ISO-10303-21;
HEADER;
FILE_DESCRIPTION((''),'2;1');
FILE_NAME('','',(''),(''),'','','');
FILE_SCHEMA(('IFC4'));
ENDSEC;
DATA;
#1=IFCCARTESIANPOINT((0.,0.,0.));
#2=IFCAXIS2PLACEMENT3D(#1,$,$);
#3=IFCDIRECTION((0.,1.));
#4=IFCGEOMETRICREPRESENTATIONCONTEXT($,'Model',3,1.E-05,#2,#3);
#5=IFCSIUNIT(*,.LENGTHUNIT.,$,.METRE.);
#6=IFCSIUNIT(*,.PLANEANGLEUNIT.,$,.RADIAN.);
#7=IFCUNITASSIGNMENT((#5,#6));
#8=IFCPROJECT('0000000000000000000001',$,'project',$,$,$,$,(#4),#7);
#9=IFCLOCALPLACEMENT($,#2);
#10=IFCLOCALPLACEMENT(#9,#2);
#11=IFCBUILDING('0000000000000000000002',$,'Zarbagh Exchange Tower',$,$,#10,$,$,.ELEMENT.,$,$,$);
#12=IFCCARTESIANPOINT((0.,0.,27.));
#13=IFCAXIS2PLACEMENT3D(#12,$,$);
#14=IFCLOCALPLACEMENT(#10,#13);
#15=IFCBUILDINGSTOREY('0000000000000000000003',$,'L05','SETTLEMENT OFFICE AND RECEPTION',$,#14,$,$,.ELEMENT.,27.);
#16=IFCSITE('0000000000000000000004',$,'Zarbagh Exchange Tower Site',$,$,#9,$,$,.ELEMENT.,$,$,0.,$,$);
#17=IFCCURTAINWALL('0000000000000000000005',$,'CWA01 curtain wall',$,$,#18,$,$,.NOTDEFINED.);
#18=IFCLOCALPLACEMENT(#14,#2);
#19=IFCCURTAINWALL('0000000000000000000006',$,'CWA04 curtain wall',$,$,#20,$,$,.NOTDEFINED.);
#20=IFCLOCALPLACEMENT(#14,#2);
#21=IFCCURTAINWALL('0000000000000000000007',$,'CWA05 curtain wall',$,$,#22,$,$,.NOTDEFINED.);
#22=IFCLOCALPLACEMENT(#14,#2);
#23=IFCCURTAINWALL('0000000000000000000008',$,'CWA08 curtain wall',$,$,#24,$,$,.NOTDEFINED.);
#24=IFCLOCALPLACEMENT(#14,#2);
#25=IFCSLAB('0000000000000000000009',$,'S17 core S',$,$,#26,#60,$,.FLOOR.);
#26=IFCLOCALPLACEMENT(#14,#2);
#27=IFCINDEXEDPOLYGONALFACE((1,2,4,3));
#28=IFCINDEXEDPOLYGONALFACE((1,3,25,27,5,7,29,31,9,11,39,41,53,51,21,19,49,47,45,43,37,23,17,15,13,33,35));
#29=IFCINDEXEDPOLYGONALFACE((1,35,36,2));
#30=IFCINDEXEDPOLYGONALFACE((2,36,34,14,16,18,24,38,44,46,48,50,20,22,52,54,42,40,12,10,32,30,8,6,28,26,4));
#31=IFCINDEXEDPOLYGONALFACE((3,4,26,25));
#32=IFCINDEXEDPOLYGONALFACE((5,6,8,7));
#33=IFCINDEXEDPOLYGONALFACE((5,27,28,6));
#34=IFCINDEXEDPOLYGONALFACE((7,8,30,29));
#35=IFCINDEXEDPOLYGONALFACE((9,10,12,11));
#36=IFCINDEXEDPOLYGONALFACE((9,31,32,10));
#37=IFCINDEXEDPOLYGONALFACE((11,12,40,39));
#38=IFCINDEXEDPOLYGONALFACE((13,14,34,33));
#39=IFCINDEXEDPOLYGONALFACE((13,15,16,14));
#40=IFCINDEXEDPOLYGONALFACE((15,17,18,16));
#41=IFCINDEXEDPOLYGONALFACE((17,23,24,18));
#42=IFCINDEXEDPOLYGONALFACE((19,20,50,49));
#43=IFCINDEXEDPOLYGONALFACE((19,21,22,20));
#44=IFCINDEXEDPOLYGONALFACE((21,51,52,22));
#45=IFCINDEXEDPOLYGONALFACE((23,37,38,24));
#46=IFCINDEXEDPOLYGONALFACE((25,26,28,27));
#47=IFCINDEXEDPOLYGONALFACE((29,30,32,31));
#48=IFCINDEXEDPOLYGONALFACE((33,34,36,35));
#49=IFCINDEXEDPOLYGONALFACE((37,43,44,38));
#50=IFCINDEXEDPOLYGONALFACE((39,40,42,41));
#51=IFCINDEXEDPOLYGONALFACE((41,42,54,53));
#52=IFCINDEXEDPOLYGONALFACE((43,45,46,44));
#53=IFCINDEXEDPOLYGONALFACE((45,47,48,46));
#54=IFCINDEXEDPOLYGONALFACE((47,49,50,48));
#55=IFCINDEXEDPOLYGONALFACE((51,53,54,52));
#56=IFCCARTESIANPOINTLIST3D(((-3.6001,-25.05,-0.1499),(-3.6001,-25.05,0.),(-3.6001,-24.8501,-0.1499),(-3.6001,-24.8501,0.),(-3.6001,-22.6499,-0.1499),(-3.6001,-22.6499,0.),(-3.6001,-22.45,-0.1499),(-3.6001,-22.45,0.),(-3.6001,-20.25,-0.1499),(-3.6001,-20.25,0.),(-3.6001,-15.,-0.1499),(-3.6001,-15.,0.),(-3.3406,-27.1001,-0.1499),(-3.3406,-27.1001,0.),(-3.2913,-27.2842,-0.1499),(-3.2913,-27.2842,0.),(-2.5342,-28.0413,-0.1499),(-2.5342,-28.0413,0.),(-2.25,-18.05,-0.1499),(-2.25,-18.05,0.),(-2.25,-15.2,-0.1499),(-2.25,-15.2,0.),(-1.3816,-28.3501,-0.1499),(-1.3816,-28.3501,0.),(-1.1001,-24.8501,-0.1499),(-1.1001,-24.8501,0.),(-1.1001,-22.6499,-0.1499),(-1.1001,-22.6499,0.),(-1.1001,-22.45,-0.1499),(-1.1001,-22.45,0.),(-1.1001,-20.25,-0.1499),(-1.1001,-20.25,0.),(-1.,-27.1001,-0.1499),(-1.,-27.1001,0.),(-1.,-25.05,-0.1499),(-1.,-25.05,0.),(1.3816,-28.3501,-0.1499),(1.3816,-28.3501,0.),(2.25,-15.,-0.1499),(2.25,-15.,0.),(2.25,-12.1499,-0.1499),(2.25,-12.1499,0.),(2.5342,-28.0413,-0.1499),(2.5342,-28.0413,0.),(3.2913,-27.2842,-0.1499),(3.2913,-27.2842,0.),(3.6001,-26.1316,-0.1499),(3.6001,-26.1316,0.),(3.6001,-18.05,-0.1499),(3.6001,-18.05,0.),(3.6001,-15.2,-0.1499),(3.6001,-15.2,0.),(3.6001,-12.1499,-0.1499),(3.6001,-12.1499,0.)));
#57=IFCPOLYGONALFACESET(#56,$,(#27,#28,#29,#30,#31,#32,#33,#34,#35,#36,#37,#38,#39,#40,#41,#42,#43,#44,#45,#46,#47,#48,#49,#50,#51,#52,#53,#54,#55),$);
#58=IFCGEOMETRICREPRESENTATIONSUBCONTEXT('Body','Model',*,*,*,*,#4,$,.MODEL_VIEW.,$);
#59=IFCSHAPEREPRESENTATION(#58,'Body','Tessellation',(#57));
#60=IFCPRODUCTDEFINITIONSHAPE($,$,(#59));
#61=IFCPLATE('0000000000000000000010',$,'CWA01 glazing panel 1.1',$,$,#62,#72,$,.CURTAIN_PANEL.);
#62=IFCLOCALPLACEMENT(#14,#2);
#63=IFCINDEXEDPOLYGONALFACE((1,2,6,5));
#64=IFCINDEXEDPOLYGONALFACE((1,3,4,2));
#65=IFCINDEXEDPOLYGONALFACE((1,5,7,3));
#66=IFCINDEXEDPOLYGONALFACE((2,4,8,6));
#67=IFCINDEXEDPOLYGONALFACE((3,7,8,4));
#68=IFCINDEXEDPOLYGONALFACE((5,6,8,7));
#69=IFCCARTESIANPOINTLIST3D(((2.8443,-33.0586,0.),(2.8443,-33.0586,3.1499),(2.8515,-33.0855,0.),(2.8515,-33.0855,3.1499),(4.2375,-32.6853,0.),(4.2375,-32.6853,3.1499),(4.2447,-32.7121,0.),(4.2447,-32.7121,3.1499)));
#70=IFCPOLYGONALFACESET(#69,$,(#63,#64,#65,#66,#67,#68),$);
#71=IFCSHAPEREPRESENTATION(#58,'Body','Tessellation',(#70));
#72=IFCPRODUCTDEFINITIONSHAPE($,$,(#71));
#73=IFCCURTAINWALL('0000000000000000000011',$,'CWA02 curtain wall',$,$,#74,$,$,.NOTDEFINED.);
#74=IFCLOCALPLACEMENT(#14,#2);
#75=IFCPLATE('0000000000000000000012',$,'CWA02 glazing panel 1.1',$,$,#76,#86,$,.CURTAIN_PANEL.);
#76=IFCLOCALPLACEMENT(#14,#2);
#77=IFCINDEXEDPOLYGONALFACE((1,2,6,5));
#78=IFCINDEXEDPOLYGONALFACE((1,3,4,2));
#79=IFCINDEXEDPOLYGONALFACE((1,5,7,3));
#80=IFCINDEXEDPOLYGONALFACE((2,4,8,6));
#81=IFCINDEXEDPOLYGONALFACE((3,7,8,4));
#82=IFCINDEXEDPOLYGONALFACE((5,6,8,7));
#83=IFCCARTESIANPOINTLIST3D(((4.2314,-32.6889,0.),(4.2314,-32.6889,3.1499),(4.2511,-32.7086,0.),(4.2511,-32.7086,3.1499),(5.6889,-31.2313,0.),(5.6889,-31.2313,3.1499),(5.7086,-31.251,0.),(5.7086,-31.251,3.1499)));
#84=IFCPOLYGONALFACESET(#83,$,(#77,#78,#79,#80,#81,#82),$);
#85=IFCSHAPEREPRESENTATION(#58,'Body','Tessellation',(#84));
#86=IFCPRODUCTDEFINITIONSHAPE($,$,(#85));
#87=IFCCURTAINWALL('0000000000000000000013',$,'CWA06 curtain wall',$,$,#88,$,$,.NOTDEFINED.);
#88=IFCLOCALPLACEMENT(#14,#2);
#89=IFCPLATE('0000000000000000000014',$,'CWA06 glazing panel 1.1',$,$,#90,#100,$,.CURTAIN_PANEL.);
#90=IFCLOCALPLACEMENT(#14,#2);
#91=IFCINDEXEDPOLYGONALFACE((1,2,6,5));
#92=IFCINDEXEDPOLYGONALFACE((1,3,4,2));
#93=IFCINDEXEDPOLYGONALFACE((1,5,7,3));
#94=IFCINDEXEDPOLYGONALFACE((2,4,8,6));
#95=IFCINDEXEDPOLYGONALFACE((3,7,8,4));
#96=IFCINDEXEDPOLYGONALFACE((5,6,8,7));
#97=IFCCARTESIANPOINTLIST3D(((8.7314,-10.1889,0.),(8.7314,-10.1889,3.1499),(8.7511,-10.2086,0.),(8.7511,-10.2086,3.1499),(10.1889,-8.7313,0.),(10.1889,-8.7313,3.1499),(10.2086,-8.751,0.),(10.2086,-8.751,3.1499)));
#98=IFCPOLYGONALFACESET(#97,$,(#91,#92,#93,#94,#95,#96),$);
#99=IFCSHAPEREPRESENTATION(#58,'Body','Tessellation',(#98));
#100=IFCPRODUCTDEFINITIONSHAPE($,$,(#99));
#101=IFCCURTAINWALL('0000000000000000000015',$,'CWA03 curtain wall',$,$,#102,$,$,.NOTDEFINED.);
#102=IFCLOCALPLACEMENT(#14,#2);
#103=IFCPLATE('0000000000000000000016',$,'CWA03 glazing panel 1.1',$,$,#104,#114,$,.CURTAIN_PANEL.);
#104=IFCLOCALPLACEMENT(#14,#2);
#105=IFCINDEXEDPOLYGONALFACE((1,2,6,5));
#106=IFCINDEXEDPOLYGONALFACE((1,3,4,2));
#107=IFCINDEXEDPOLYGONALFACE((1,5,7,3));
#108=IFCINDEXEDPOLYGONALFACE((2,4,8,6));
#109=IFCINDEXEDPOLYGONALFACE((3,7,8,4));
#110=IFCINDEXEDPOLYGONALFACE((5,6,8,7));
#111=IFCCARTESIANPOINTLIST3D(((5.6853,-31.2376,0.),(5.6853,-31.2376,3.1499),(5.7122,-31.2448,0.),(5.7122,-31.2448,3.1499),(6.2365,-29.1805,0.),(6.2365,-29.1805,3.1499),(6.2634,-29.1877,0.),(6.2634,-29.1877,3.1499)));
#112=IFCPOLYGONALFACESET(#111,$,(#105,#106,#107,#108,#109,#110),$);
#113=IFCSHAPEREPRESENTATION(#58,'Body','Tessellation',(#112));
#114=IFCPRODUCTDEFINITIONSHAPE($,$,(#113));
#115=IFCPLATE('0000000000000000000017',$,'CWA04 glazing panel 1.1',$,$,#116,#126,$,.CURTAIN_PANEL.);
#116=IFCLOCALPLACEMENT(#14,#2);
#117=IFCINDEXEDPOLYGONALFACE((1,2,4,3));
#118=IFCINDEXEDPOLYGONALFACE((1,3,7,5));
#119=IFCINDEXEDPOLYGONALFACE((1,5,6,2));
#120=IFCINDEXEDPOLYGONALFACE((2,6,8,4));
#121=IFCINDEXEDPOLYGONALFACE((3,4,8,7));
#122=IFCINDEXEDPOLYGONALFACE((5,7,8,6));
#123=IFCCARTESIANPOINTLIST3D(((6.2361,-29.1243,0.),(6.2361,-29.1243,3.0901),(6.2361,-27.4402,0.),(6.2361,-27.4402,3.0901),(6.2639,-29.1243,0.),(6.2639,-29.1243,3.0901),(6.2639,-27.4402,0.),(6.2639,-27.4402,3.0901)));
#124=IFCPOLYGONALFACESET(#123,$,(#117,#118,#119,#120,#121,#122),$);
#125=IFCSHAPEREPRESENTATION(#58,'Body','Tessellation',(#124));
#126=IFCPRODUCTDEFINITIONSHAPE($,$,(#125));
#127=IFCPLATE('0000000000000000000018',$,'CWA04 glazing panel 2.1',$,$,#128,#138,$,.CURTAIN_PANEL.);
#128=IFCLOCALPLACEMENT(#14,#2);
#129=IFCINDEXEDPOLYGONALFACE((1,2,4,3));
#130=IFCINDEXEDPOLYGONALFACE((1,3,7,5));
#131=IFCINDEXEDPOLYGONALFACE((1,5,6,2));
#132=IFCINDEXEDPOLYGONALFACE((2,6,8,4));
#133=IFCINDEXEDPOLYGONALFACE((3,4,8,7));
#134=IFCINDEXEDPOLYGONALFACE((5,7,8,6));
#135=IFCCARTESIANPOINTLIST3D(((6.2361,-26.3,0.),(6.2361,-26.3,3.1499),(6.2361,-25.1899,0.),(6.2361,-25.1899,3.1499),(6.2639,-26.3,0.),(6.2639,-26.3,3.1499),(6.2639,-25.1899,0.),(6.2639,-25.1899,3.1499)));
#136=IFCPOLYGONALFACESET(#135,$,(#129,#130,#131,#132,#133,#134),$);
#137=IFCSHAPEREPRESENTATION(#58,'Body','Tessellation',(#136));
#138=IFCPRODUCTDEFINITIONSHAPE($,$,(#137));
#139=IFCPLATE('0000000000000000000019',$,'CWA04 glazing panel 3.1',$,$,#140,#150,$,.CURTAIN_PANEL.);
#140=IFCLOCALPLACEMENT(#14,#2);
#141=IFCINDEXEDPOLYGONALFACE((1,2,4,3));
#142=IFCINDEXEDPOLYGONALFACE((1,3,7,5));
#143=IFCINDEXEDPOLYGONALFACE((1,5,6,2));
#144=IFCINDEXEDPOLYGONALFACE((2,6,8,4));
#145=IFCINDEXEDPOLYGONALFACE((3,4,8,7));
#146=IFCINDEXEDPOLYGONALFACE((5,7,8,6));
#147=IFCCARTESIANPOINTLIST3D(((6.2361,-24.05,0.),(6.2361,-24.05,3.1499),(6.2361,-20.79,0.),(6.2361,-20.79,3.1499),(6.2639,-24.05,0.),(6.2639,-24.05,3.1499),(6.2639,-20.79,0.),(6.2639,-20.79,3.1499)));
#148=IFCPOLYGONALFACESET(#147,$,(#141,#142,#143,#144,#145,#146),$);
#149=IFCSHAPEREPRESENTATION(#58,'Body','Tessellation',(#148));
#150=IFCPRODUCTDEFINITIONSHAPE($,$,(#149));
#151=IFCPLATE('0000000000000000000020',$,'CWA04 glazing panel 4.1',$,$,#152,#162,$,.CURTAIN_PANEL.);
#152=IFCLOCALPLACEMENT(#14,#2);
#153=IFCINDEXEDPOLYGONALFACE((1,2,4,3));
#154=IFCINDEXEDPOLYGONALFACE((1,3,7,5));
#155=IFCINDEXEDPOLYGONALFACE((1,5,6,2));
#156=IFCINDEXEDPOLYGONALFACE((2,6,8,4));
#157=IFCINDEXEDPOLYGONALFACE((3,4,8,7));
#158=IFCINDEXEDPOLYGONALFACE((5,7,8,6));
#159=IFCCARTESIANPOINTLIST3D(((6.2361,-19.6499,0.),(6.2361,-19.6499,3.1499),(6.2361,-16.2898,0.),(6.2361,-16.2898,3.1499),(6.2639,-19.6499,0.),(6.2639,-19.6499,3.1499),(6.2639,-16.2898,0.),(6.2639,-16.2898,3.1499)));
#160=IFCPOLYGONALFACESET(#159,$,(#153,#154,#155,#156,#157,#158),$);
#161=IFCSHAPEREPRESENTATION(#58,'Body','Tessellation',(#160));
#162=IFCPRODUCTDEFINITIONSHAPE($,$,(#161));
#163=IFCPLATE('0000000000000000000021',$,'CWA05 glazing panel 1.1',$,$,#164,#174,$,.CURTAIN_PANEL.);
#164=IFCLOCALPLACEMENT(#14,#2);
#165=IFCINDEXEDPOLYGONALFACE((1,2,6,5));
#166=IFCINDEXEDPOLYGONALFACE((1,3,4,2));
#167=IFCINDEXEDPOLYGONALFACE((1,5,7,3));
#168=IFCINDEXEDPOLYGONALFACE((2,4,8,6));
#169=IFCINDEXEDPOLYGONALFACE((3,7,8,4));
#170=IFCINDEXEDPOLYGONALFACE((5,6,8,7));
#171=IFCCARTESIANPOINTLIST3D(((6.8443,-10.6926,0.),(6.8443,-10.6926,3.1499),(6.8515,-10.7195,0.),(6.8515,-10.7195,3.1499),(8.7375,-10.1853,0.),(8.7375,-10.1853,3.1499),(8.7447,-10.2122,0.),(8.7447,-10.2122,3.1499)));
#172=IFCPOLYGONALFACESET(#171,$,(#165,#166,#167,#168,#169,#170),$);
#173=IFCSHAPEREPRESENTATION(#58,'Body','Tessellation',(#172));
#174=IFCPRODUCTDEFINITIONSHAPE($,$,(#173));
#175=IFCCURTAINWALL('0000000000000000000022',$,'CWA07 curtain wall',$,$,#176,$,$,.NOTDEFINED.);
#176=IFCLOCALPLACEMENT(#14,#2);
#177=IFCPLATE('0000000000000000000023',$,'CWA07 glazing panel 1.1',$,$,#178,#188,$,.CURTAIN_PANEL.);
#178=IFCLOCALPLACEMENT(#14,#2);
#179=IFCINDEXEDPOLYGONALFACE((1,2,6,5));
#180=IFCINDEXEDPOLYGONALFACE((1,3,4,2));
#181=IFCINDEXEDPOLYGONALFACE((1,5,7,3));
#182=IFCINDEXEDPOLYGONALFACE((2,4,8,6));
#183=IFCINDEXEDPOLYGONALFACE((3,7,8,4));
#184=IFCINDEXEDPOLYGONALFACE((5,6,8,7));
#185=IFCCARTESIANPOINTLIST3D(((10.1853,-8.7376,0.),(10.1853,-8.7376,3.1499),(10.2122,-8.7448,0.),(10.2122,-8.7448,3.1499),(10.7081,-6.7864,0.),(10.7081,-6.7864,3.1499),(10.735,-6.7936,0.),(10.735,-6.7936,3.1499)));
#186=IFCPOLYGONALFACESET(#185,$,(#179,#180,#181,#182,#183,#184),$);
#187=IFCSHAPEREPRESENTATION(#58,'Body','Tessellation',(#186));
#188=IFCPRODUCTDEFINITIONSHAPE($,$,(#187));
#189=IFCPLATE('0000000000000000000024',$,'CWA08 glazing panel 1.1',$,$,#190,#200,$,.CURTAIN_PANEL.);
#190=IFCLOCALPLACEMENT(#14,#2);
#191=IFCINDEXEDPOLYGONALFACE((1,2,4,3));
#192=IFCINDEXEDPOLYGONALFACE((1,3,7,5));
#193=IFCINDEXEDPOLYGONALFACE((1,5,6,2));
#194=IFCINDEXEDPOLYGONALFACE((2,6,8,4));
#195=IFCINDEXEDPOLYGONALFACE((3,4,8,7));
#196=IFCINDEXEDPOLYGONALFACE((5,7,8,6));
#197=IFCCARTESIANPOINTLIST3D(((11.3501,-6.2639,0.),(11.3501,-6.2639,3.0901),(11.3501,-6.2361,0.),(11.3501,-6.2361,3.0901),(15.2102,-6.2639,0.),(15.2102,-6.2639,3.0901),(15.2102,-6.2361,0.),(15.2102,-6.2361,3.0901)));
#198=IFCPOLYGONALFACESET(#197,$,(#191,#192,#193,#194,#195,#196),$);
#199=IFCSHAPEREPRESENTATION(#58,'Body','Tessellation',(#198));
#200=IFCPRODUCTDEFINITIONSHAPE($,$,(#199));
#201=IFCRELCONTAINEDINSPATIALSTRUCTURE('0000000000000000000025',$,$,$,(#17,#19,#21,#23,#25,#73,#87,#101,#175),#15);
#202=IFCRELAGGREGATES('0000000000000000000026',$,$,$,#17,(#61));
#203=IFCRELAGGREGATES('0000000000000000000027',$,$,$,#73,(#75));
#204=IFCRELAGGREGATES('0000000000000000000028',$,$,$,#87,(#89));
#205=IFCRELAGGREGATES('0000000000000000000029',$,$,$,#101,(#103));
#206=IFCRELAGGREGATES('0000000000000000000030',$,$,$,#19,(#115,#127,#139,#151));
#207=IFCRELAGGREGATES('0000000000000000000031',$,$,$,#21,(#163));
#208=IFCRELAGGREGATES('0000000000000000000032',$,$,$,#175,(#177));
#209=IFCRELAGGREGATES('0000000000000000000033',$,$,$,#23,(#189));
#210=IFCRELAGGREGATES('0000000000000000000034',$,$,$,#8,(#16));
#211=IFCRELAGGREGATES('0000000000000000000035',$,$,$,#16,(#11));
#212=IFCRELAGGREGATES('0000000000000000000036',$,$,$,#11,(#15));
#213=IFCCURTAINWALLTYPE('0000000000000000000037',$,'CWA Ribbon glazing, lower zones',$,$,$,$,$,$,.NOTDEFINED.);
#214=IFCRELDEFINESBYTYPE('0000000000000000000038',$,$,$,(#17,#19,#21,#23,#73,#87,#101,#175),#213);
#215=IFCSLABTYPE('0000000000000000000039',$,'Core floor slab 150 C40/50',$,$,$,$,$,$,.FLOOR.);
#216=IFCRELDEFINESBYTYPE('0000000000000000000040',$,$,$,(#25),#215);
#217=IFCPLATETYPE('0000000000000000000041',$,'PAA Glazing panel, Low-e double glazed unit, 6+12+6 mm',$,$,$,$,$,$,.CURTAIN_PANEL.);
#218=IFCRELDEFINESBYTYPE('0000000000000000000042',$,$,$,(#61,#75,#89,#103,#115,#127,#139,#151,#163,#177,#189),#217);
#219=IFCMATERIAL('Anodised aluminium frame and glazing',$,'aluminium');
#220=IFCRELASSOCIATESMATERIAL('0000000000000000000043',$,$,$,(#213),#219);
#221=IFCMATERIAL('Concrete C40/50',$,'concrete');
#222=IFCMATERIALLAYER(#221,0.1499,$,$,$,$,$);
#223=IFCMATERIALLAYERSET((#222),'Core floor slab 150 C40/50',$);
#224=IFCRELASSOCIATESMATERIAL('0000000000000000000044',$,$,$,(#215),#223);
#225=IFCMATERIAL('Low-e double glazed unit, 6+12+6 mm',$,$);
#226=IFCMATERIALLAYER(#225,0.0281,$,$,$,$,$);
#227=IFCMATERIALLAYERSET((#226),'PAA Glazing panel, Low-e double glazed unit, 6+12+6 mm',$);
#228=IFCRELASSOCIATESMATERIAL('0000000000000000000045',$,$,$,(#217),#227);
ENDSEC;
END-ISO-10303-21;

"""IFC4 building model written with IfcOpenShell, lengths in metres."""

from ifc_helpers import new_model, si_unit, direction, frame, origin, place, context, subcontext, project, spatial, polyline, outline, extrude, source, transform, mapped, material, layer, layer_set, type_object, element, aggregate, save


model = new_model("IFC4")

# Units and contexts
model_context = context("Model", 3, precision=1e-05, world=origin(), true_north=direction((0.0, 1.0)))
body_context = subcontext(model_context, "Body", "Model", "MODEL_VIEW")
ifc_project = project(units=[si_unit("LENGTHUNIT", "METRE"), si_unit("PLANEANGLEUNIT", "RADIAN")], contexts=[model_context])

# Site, building, storey
site_placement = place(None, origin())
site = spatial("IfcSite", under=ifc_project, at=site_placement, Name="Zarbagh Exchange Tower Site", CompositionType="ELEMENT", RefElevation=0.0)
building_placement = place(site_placement, origin())
building = spatial("IfcBuilding", under=site, at=building_placement, Name="Zarbagh Exchange Tower", CompositionType="ELEMENT")
storey_placement = place(building_placement, frame((0.0, 0.0, 27.0)))
storey = spatial("IfcBuildingStorey", under=building, at=storey_placement, Name="L05", Description="SETTLEMENT OFFICE AND RECEPTION", CompositionType="ELEMENT", Elevation=27.0)

# Curtain wall
ifc_material_1 = material(Name="Anodised aluminium frame and glazing", Category="aluminium")
curtain_wall_type = type_object("IfcCurtainWallType", Name="CWA Ribbon glazing, lower zones", PredefinedType="NOTDEFINED", material=ifc_material_1)
curtain_wall_1_placement = place(storey_placement, origin())
curtain_wall_1 = element("IfcCurtainWall", 1, at=curtain_wall_1_placement, inside=storey, type_object=curtain_wall_type, Name="CWA01 curtain wall", PredefinedType="NOTDEFINED")
placement = place(storey_placement, origin())

# Curtain wall
curtain_wall_2_placement = place(storey_placement, origin())
curtain_wall_2 = element("IfcCurtainWall", 2, at=curtain_wall_2_placement, inside=storey, type_object=curtain_wall_type, Name="CWA04 curtain wall", PredefinedType="NOTDEFINED")

# Curtain walls
curtain_wall_3_placement = place(storey_placement, origin())
curtain_wall_3 = element("IfcCurtainWall", 3, at=curtain_wall_3_placement, inside=storey, type_object=curtain_wall_type, Name="CWA05 curtain wall", PredefinedType="NOTDEFINED")
curtain_wall_4_placement = place(storey_placement, origin())
curtain_wall_4 = element("IfcCurtainWall", 4, at=curtain_wall_4_placement, inside=storey, type_object=curtain_wall_type, Name="CWA08 curtain wall", PredefinedType="NOTDEFINED")

# Slab
ifc_material_2 = material(Name="Concrete C40/50", Category="concrete")
ifc_layer_1 = layer(ifc_material_2, 0.1499)
ifc_layer_set_1 = layer_set([ifc_layer_1], Name="Core floor slab 150 C40/50")
slab_type = type_object("IfcSlabType", Name="Core floor slab 150 C40/50", PredefinedType="FLOOR", material=ifc_layer_set_1)
slab_1_placement = place(storey_placement, frame((0.0, 0.0, -0.1499)))
element("IfcSlab", 5, at=slab_1_placement, inside=storey, type_object=slab_type, Name="S17 core S", PredefinedType="FLOOR", context=body_context, shape_type="SweptSolid", body=[
    extrude(outline(polyline([(-2.5342, -28.0413), (-3.2913, -27.2842), (-3.3406, -27.1001), (-1.0, -27.1001), (-1.0, -25.05), (-3.6001, -25.05), (-3.6001, -24.8501), (-1.1001, -24.8501), (-1.1001, -22.6499), (-3.6001, -22.6499), (-3.6001, -22.45), (-1.1001, -22.45), (-1.1001, -20.25), (-3.6001, -20.25), (-3.6001, -15.0), (2.25, -15.0), (2.25, -12.1499), (3.6001, -12.1499), (3.6001, -15.2), (-2.25, -15.2), (-2.25, -18.05), (3.6001, -18.05), (3.6001, -26.1316), (3.2913, -27.2842), (2.5342, -28.0413), (1.3816, -28.3501), (-1.3816, -28.3501), (-2.5342, -28.0413)])), origin(), (0.0, 0.0, 1.0), 0.1499),
])

# Plate
ifc_material_3 = material(Name="Low-e double glazed unit, 6+12+6 mm")
ifc_layer_2 = layer(ifc_material_3, 0.0281)
ifc_layer_set_2 = layer_set([ifc_layer_2], Name="PAA Glazing panel, Low-e double glazed unit, 6+12+6 mm")
plate_type = type_object("IfcPlateType", Name="PAA Glazing panel, Low-e double glazed unit, 6+12+6 mm", PredefinedType="CURTAIN_PANEL", material=ifc_layer_set_2)
shared_shape_1 = source(origin(), body_context, "Body", "SweptSolid", [
    extrude(outline(polyline([(0.0, -0.0139), (1.4424, -0.0139), (1.4424, 0.0139), (0.0, 0.0139), (0.0, -0.0139)])), origin(), (0.0, 0.0, 1.0), 3.1499),
])
plate_1 = element("IfcPlate", 6, at=placement, type_object=plate_type, Name="CWA01 glazing panel 1.1", PredefinedType="CURTAIN_PANEL", context=body_context, shape_type="MappedRepresentation", body=[
    mapped(shared_shape_1, transform((2.8479, -33.072, 0.0), x_axis=(0.965924, 0.258825, 0.0), y_axis=(-0.258825, 0.965924, 0.0), z_axis=(0.0, 0.0, 1.0))),
])
aggregate(curtain_wall_1, [plate_1])

# Curtain walls, plates
curtain_wall_5_placement = place(storey_placement, origin())
curtain_wall_5 = element("IfcCurtainWall", 7, at=curtain_wall_5_placement, inside=storey, type_object=curtain_wall_type, Name="CWA02 curtain wall", PredefinedType="NOTDEFINED")
shared_shape_2 = source(origin(), body_context, "Body", "SweptSolid", [
    extrude(outline(polyline([(0.0, -0.0139), (2.0613, -0.0139), (2.0613, 0.0139), (0.0, 0.0139), (0.0, -0.0139)])), origin(), (0.0, 0.0, 1.0), 3.1499),
])
plate_2 = element("IfcPlate", 8, at=placement, type_object=plate_type, Name="CWA02 glazing panel 1.1", PredefinedType="CURTAIN_PANEL", context=body_context, shape_type="MappedRepresentation", body=[
    mapped(shared_shape_2, transform((4.2412, -32.6987, 0.0), x_axis=(0.707107, 0.707107, 0.0), y_axis=(-0.707107, 0.707107, 0.0), z_axis=(0.0, 0.0, 1.0))),
])
aggregate(curtain_wall_5, [plate_2])
curtain_wall_6_placement = place(storey_placement, origin())
curtain_wall_6 = element("IfcCurtainWall", 9, at=curtain_wall_6_placement, inside=storey, type_object=curtain_wall_type, Name="CWA06 curtain wall", PredefinedType="NOTDEFINED")
plate_3 = element("IfcPlate", 10, at=placement, type_object=plate_type, Name="CWA06 glazing panel 1.1", PredefinedType="CURTAIN_PANEL", context=body_context, shape_type="MappedRepresentation", body=[
    mapped(shared_shape_2, transform((8.7412, -10.1987, 0.0), x_axis=(0.707107, 0.707107, 0.0), y_axis=(-0.707107, 0.707107, 0.0), z_axis=(0.0, 0.0, 1.0))),
])
aggregate(curtain_wall_6, [plate_3])
curtain_wall_7_placement = place(storey_placement, origin())
curtain_wall_7 = element("IfcCurtainWall", 11, at=curtain_wall_7_placement, inside=storey, type_object=curtain_wall_type, Name="CWA03 curtain wall", PredefinedType="NOTDEFINED")
shared_shape_3 = source(origin(), body_context, "Body", "SweptSolid", [
    extrude(outline(polyline([(0.0, -0.0139), (2.1296, -0.0139), (2.1296, 0.0139), (0.0, 0.0139), (0.0, -0.0139)])), origin(), (0.0, 0.0, 1.0), 3.1499),
])
plate_4 = element("IfcPlate", 12, at=placement, type_object=plate_type, Name="CWA03 glazing panel 1.1", PredefinedType="CURTAIN_PANEL", context=body_context, shape_type="MappedRepresentation", body=[
    mapped(shared_shape_3, transform((5.6987, -31.2412, 0.0), x_axis=(0.258825, 0.965924, 0.0), y_axis=(-0.965924, 0.258825, 0.0), z_axis=(0.0, 0.0, 1.0))),
])
aggregate(curtain_wall_7, [plate_4])

# Plates
shared_shape_4 = source(origin(), body_context, "Body", "SweptSolid", [
    extrude(outline(polyline([(0.0, -0.0139), (1.6841, -0.0139), (1.6841, 0.0139), (0.0, 0.0139), (0.0, -0.0139)])), origin(), (0.0, 0.0, 1.0), 3.0901),
])
plate_5 = element("IfcPlate", 13, at=placement, type_object=plate_type, Name="CWA04 glazing panel 1.1", PredefinedType="CURTAIN_PANEL", context=body_context, shape_type="MappedRepresentation", body=[
    mapped(shared_shape_4, transform((6.25, -29.1243, 0.0), x_axis=(0.0, 1.0, 0.0), y_axis=(-1.0, 0.0, 0.0), z_axis=(0.0, 0.0, 1.0))),
])
shared_shape_5 = source(origin(), body_context, "Body", "SweptSolid", [
    extrude(outline(polyline([(0.0, -0.0139), (1.1101, -0.0139), (1.1101, 0.0139), (0.0, 0.0139), (0.0, -0.0139)])), origin(), (0.0, 0.0, 1.0), 3.1499),
])
plate_6 = element("IfcPlate", 14, at=placement, type_object=plate_type, Name="CWA04 glazing panel 2.1", PredefinedType="CURTAIN_PANEL", context=body_context, shape_type="MappedRepresentation", body=[
    mapped(shared_shape_5, transform((6.25, -26.3, 0.0), x_axis=(0.0, 1.0, 0.0), y_axis=(-1.0, 0.0, 0.0), z_axis=(0.0, 0.0, 1.0))),
])
shared_shape_6 = source(origin(), body_context, "Body", "SweptSolid", [
    extrude(outline(polyline([(0.0, -0.0139), (3.26, -0.0139), (3.26, 0.0139), (0.0, 0.0139), (0.0, -0.0139)])), origin(), (0.0, 0.0, 1.0), 3.1499),
])
plate_7 = element("IfcPlate", 15, at=placement, type_object=plate_type, Name="CWA04 glazing panel 3.1", PredefinedType="CURTAIN_PANEL", context=body_context, shape_type="MappedRepresentation", body=[
    mapped(shared_shape_6, transform((6.25, -24.05, 0.0), x_axis=(0.0, 1.0, 0.0), y_axis=(-1.0, 0.0, 0.0), z_axis=(0.0, 0.0, 1.0))),
])
shared_shape_7 = source(origin(), body_context, "Body", "SweptSolid", [
    extrude(outline(polyline([(0.0, -0.0139), (3.3601, -0.0139), (3.3601, 0.0139), (0.0, 0.0139), (0.0, -0.0139)])), origin(), (0.0, 0.0, 1.0), 3.1499),
])
plate_8 = element("IfcPlate", 16, at=placement, type_object=plate_type, Name="CWA04 glazing panel 4.1", PredefinedType="CURTAIN_PANEL", context=body_context, shape_type="MappedRepresentation", body=[
    mapped(shared_shape_7, transform((6.25, -19.6499, 0.0), x_axis=(0.0, 1.0, 0.0), y_axis=(-1.0, 0.0, 0.0), z_axis=(0.0, 0.0, 1.0))),
])
aggregate(curtain_wall_2, [plate_5, plate_6, plate_7, plate_8])
shared_shape_8 = source(origin(), body_context, "Body", "SweptSolid", [
    extrude(outline(polyline([(0.0, -0.0139), (1.96, -0.0139), (1.96, 0.0139), (0.0, 0.0139), (0.0, -0.0139)])), origin(), (0.0, 0.0, 1.0), 3.1499),
])
plate_9 = element("IfcPlate", 17, at=placement, type_object=plate_type, Name="CWA05 glazing panel 1.1", PredefinedType="CURTAIN_PANEL", context=body_context, shape_type="MappedRepresentation", body=[
    mapped(shared_shape_8, transform((6.8479, -10.7061, 0.0), x_axis=(0.965924, 0.258825, 0.0), y_axis=(-0.258825, 0.965924, 0.0), z_axis=(0.0, 0.0, 1.0))),
])
aggregate(curtain_wall_3, [plate_9])

# Curtain wall, plate
curtain_wall_8_placement = place(storey_placement, origin())
curtain_wall_8 = element("IfcCurtainWall", 18, at=curtain_wall_8_placement, inside=storey, type_object=curtain_wall_type, Name="CWA07 curtain wall", PredefinedType="NOTDEFINED")
shared_shape_9 = source(origin(), body_context, "Body", "SweptSolid", [
    extrude(outline(polyline([(0.0, -0.0139), (2.02, -0.0139), (2.02, 0.0139), (0.0, 0.0139), (0.0, -0.0139)])), origin(), (0.0, 0.0, 1.0), 3.1499),
])
plate_10 = element("IfcPlate", 19, at=placement, type_object=plate_type, Name="CWA07 glazing panel 1.1", PredefinedType="CURTAIN_PANEL", context=body_context, shape_type="MappedRepresentation", body=[
    mapped(shared_shape_9, transform((10.1987, -8.7412, 0.0), x_axis=(0.258825, 0.965924, 0.0), y_axis=(-0.965924, 0.258825, 0.0), z_axis=(0.0, 0.0, 1.0))),
])
aggregate(curtain_wall_8, [plate_10])

# Plate
shared_shape_10 = source(origin(), body_context, "Body", "SweptSolid", [
    extrude(outline(polyline([(0.0, -0.0139), (3.8601, -0.0139), (3.8601, 0.0139), (0.0, 0.0139), (0.0, -0.0139)])), origin(), (0.0, 0.0, 1.0), 3.0901),
])
plate_11 = element("IfcPlate", 20, at=placement, type_object=plate_type, Name="CWA08 glazing panel 1.1", PredefinedType="CURTAIN_PANEL", context=body_context, shape_type="MappedRepresentation", body=[
    mapped(shared_shape_10, transform((11.3501, -6.25, 0.0), x_axis=(1.0, 0.0, 0.0), y_axis=(0.0, 1.0, 0.0), z_axis=(0.0, 0.0, 1.0))),
])
aggregate(curtain_wall_4, [plate_11])

save(model, "model.ifc")
